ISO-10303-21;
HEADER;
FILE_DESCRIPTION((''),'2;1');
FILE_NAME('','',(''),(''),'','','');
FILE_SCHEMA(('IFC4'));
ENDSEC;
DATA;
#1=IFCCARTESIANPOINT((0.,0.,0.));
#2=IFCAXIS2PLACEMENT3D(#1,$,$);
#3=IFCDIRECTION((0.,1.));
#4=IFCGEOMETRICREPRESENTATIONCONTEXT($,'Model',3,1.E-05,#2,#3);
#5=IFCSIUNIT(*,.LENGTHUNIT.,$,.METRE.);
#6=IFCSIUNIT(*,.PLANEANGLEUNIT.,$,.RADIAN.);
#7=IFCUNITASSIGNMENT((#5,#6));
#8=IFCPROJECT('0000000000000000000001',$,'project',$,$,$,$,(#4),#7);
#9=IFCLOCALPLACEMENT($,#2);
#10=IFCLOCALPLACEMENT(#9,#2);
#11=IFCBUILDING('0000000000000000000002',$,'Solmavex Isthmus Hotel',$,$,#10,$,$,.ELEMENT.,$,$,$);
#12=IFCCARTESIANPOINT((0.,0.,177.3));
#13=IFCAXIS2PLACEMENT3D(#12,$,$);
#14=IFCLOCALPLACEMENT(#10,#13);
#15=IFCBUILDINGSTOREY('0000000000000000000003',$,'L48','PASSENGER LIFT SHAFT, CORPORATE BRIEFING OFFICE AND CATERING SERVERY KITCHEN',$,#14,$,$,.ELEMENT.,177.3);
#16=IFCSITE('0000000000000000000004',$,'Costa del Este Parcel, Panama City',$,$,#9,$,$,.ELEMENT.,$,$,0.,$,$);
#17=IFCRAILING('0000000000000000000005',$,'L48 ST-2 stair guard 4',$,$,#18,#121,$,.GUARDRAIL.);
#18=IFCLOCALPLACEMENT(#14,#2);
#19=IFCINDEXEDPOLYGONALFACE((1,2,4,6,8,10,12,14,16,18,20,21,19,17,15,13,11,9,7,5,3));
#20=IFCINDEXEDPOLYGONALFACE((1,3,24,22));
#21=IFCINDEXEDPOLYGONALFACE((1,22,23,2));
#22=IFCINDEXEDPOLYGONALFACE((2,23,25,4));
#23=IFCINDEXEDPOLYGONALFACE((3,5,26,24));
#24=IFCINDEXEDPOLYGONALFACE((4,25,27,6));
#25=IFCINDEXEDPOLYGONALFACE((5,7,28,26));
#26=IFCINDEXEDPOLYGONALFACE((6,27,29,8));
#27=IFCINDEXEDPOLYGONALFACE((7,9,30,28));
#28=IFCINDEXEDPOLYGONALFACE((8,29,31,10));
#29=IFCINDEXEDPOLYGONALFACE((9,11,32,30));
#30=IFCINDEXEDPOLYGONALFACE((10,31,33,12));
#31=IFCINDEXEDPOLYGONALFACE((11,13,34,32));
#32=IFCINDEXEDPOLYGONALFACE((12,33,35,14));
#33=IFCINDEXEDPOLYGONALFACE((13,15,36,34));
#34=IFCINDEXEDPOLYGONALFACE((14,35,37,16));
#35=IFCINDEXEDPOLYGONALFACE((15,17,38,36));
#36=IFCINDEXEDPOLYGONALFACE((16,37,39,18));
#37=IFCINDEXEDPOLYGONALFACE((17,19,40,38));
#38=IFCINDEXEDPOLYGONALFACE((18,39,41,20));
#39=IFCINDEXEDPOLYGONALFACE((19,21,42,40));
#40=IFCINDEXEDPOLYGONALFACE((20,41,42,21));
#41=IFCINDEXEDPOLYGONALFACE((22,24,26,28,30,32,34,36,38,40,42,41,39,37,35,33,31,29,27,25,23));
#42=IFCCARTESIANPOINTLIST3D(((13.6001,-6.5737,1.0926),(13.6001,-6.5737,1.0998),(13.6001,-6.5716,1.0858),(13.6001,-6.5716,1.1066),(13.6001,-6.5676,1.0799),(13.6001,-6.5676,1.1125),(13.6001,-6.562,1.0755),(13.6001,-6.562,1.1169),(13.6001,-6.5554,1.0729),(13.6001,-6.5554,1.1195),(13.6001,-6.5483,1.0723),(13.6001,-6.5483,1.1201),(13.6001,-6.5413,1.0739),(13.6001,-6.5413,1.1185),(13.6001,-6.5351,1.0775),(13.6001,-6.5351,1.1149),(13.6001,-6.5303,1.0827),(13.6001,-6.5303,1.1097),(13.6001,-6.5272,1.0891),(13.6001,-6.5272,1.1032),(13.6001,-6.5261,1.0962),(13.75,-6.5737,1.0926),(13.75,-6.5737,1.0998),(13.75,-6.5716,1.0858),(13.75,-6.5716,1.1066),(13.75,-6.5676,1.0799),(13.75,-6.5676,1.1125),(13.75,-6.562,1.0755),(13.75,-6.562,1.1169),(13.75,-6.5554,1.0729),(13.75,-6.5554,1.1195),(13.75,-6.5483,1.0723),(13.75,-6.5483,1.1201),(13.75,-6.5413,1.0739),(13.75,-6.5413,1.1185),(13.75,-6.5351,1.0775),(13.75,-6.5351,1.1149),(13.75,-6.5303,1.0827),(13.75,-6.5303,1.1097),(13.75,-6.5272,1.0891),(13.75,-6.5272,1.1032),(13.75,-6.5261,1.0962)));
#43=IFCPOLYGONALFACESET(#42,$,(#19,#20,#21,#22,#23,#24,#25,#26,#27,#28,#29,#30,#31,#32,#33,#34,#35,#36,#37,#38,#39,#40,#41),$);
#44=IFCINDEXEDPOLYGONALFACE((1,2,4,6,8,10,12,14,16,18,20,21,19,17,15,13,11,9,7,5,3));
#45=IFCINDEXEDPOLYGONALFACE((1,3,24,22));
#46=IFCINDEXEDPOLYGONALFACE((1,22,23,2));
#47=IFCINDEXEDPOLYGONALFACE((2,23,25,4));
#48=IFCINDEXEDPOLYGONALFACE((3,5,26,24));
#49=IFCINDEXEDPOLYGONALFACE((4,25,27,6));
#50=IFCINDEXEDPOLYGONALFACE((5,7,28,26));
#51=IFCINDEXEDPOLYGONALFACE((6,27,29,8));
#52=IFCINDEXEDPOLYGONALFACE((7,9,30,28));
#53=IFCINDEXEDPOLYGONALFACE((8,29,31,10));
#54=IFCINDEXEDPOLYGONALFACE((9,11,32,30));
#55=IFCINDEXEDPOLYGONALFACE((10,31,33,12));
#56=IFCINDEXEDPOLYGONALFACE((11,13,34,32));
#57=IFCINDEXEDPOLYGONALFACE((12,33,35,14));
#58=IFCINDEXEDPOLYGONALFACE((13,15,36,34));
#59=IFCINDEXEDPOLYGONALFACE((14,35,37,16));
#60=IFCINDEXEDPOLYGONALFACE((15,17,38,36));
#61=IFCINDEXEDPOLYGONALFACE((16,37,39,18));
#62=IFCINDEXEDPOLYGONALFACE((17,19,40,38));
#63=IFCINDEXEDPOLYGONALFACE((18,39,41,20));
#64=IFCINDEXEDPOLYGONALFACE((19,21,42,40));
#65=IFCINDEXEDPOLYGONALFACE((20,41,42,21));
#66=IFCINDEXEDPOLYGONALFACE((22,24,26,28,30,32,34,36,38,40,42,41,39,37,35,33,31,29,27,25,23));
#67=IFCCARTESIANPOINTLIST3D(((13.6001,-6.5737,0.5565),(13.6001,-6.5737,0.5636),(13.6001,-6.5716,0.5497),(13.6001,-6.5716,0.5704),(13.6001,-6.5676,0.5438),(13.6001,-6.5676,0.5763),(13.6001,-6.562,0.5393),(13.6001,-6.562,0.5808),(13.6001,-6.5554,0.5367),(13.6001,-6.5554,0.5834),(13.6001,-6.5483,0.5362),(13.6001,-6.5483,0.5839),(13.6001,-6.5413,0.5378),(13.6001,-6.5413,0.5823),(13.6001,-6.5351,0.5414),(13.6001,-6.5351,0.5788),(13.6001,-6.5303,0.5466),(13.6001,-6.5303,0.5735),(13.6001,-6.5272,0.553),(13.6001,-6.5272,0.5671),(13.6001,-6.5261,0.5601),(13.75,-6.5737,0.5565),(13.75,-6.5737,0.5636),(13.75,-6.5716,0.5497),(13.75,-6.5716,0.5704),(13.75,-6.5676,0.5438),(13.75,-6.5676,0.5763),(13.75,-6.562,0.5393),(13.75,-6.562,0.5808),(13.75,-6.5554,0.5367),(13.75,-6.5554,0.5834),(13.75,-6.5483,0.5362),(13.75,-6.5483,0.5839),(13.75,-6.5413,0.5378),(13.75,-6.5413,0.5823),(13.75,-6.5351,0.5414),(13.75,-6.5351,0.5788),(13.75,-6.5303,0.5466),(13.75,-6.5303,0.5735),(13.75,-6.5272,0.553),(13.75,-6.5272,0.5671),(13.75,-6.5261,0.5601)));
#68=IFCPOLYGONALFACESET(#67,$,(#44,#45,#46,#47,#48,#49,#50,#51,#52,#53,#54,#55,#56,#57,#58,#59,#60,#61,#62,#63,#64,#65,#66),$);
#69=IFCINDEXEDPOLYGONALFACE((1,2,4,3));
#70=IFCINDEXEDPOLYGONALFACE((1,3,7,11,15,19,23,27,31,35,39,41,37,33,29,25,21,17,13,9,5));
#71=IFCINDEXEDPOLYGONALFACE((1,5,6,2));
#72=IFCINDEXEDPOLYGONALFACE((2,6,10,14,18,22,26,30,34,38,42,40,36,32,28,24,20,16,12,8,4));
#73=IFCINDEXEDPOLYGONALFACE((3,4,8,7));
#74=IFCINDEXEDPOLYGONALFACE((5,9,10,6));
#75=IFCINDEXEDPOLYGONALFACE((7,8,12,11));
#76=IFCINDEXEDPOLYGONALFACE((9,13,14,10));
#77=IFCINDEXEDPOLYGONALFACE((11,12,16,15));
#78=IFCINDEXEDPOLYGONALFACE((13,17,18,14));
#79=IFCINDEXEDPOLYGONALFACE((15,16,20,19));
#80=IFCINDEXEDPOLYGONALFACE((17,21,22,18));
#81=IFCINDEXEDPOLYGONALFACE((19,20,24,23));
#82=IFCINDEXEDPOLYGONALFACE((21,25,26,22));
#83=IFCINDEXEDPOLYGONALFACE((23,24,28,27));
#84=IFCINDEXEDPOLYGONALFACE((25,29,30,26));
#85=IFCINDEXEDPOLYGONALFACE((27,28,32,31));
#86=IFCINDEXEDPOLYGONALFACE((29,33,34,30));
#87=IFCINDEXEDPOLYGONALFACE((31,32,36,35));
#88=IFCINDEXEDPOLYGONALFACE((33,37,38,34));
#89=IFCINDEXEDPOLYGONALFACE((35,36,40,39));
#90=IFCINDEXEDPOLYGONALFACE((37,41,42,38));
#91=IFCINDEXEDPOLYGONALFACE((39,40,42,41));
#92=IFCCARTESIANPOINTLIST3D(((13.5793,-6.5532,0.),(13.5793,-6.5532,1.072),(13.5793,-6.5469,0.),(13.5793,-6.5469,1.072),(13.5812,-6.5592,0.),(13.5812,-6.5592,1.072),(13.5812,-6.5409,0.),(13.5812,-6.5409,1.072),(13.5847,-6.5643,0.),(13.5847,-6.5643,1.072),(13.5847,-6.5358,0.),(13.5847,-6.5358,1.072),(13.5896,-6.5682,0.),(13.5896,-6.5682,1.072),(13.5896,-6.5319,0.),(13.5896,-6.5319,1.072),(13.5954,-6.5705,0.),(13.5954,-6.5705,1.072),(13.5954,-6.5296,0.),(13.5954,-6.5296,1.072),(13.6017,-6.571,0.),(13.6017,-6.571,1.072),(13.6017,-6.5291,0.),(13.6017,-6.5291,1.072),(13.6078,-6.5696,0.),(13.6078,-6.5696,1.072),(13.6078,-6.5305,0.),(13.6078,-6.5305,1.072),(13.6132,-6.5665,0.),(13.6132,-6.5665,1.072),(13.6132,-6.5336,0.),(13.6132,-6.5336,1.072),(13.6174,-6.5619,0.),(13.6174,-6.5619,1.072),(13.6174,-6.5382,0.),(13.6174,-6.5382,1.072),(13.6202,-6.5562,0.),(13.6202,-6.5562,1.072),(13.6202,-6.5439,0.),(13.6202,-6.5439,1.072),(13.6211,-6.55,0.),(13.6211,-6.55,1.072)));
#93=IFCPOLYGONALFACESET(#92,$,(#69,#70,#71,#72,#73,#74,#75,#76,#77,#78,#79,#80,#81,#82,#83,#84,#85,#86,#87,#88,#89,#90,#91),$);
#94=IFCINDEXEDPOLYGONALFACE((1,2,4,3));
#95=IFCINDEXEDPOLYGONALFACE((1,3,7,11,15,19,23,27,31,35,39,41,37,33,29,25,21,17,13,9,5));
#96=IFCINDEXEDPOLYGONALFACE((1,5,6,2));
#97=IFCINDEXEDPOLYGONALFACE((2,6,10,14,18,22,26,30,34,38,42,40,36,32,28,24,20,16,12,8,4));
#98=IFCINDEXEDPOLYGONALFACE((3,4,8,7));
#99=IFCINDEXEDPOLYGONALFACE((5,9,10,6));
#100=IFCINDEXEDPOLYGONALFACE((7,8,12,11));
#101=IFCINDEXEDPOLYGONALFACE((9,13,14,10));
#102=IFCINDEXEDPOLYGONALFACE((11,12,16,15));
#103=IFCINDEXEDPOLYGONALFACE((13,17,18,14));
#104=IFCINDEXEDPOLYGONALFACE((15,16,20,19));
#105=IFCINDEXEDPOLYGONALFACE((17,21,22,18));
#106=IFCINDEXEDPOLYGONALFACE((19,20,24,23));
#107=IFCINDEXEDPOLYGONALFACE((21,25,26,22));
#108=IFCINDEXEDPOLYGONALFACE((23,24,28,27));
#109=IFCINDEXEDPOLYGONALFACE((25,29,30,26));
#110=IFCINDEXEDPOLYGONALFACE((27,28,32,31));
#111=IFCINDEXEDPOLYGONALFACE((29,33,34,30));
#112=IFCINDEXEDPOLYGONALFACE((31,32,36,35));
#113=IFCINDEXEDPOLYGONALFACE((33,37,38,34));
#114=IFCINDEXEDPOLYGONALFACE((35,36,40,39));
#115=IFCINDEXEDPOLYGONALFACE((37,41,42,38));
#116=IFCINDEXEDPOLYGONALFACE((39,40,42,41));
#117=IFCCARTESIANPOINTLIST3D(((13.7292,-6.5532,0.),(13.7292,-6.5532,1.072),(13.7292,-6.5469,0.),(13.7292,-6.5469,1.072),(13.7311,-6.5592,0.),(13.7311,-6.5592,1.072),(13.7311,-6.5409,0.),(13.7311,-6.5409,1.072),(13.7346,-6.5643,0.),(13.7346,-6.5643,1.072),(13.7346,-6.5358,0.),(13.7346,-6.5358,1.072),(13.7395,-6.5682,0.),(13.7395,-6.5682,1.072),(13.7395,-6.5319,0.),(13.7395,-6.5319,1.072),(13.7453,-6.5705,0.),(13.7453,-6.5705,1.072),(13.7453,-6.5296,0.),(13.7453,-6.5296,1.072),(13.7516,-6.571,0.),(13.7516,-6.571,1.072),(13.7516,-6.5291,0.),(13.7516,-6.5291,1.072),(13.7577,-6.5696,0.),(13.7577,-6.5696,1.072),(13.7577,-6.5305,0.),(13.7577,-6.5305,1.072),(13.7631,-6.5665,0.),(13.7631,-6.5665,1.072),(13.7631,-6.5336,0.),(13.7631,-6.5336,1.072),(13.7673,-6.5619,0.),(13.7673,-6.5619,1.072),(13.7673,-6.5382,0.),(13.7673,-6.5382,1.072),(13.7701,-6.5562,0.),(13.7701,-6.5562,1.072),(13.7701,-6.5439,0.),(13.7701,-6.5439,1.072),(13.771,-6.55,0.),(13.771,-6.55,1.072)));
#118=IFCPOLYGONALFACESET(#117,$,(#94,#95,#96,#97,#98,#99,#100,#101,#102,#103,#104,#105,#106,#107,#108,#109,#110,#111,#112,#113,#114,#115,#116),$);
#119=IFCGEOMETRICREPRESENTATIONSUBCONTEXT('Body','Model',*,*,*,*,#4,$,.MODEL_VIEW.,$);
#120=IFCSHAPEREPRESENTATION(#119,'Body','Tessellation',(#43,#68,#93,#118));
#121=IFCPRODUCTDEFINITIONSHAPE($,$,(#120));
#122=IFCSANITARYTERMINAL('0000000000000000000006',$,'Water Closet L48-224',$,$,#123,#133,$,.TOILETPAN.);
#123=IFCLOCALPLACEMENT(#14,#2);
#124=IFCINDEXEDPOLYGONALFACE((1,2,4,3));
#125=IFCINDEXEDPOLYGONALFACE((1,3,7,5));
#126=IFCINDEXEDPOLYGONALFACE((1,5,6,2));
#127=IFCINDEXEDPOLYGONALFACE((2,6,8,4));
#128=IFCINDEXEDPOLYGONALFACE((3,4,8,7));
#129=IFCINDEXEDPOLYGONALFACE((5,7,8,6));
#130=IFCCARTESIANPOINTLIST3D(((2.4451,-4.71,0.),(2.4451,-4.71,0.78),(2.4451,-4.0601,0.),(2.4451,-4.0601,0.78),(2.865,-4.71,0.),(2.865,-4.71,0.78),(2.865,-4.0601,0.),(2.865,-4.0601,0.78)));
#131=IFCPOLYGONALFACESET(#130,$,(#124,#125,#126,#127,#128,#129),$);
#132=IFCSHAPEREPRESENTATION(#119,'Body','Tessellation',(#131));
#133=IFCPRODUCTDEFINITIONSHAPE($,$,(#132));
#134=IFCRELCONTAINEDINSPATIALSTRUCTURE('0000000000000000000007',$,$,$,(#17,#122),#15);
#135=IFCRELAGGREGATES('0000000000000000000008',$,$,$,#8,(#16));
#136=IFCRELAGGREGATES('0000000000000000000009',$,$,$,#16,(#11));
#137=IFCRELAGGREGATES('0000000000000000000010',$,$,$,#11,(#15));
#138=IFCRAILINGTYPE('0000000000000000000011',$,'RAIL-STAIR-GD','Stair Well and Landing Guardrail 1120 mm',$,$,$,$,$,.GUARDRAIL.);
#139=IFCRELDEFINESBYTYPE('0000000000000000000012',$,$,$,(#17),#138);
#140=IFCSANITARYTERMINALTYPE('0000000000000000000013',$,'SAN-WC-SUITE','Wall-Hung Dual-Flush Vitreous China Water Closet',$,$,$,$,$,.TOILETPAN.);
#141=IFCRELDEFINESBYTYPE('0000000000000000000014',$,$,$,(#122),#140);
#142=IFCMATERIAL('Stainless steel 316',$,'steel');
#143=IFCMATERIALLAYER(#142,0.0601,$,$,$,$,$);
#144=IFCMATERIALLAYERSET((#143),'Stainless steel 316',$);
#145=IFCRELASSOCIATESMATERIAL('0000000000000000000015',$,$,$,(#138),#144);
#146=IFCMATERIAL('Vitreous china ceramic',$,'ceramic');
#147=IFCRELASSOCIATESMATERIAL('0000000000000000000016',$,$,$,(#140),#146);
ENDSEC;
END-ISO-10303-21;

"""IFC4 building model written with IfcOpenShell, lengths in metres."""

from ifc_helpers import new_model, si_unit, direction, frame, origin, origin_2d, place, context, subcontext, project, spatial, rectangle, circle, extrude, material, layer, layer_set, type_object, element, save


model = new_model("IFC4")

# Units and contexts
model_context = context("Model", 3, precision=1e-05, world=origin(), true_north=direction((0.0, 1.0)))
body_context = subcontext(model_context, "Body", "Model", "MODEL_VIEW")
ifc_project = project(units=[si_unit("LENGTHUNIT", "METRE"), si_unit("PLANEANGLEUNIT", "RADIAN")], contexts=[model_context])

# Site, building, storey
site_placement = place(None, origin())
site = spatial("IfcSite", under=ifc_project, at=site_placement, Name="Costa del Este Parcel, Panama City", CompositionType="ELEMENT", RefElevation=0.0)
building_placement = place(site_placement, origin())
building = spatial("IfcBuilding", under=site, at=building_placement, Name="Solmavex Isthmus Hotel", CompositionType="ELEMENT")
storey_placement = place(building_placement, frame((0.0, 0.0, 177.3)))
storey = spatial("IfcBuildingStorey", under=building, at=storey_placement, Name="L48", Description="PASSENGER LIFT SHAFT, CORPORATE BRIEFING OFFICE AND CATERING SERVERY KITCHEN", CompositionType="ELEMENT", Elevation=177.3)

# Shared definitions
ifc_material_1 = material(Name="Stainless steel 316", Category="steel")

# Railing
ifc_layer_1 = layer(ifc_material_1, 0.0601)
ifc_layer_set_1 = layer_set([ifc_layer_1], Name="Stainless steel 316")
railing_type_1 = type_object("IfcRailingType", Name="RAIL-STAIR-GD", Description="Stair Well and Landing Guardrail 1120 mm", PredefinedType="GUARDRAIL", material=ifc_layer_set_1)
railing_1_placement = place(storey_placement, frame((13.6001, -6.55, 0.0)))
element("IfcRailing", 1, at=railing_1_placement, inside=storey, type_object=railing_type_1, Name="L48 ST-2 stair guard 4", PredefinedType="GUARDRAIL", context=body_context, shape_type="SweptSolid", body=[
    extrude(circle(Radius=0.0239, at=origin_2d()), frame((0.0, 0.0, 1.0962), z_axis=(1.0, 0.0, 0.0), x_axis=(0.0, 1.0, 0.0)), (0.0, 0.0, 1.0), 0.1499),
    extrude(circle(Radius=0.0239, at=origin_2d()), frame((0.0, 0.0, 0.5601), z_axis=(1.0, 0.0, 0.0), x_axis=(0.0, 1.0, 0.0)), (0.0, 0.0, 1.0), 0.1499),
    extrude(circle(Radius=0.021, at=origin_2d()), origin(), (0.0, 0.0, 1.0), 1.072),
    extrude(circle(Radius=0.021, at=origin_2d()), frame((0.1499, 0.0, 0.0)), (0.0, 0.0, 1.0), 1.072),
])

# Sanitary terminal
ifc_material_2 = material(Name="Vitreous china ceramic", Category="ceramic")
sanitary_terminal_type = type_object("IfcSanitaryTerminalType", Name="SAN-WC-SUITE", Description="Wall-Hung Dual-Flush Vitreous China Water Closet", PredefinedType="TOILETPAN", material=ifc_material_2)
sanitary_terminal_placement = place(storey_placement, frame((2.655, -4.385, 0.0), z_axis=(0.0, 0.0, 1.0), x_axis=(1.0, 0.0, 0.0)))
element("IfcSanitaryTerminal", 2, at=sanitary_terminal_placement, inside=storey, type_object=sanitary_terminal_type, Name="Water Closet L48-224", PredefinedType="TOILETPAN", context=body_context, shape_type="SweptSolid", body=[
    extrude(rectangle(XDim=0.4199, YDim=0.6499, at=origin_2d()), origin(), (0.0, 0.0, 1.0), 0.78),
])

save(model, "model.ifc")
